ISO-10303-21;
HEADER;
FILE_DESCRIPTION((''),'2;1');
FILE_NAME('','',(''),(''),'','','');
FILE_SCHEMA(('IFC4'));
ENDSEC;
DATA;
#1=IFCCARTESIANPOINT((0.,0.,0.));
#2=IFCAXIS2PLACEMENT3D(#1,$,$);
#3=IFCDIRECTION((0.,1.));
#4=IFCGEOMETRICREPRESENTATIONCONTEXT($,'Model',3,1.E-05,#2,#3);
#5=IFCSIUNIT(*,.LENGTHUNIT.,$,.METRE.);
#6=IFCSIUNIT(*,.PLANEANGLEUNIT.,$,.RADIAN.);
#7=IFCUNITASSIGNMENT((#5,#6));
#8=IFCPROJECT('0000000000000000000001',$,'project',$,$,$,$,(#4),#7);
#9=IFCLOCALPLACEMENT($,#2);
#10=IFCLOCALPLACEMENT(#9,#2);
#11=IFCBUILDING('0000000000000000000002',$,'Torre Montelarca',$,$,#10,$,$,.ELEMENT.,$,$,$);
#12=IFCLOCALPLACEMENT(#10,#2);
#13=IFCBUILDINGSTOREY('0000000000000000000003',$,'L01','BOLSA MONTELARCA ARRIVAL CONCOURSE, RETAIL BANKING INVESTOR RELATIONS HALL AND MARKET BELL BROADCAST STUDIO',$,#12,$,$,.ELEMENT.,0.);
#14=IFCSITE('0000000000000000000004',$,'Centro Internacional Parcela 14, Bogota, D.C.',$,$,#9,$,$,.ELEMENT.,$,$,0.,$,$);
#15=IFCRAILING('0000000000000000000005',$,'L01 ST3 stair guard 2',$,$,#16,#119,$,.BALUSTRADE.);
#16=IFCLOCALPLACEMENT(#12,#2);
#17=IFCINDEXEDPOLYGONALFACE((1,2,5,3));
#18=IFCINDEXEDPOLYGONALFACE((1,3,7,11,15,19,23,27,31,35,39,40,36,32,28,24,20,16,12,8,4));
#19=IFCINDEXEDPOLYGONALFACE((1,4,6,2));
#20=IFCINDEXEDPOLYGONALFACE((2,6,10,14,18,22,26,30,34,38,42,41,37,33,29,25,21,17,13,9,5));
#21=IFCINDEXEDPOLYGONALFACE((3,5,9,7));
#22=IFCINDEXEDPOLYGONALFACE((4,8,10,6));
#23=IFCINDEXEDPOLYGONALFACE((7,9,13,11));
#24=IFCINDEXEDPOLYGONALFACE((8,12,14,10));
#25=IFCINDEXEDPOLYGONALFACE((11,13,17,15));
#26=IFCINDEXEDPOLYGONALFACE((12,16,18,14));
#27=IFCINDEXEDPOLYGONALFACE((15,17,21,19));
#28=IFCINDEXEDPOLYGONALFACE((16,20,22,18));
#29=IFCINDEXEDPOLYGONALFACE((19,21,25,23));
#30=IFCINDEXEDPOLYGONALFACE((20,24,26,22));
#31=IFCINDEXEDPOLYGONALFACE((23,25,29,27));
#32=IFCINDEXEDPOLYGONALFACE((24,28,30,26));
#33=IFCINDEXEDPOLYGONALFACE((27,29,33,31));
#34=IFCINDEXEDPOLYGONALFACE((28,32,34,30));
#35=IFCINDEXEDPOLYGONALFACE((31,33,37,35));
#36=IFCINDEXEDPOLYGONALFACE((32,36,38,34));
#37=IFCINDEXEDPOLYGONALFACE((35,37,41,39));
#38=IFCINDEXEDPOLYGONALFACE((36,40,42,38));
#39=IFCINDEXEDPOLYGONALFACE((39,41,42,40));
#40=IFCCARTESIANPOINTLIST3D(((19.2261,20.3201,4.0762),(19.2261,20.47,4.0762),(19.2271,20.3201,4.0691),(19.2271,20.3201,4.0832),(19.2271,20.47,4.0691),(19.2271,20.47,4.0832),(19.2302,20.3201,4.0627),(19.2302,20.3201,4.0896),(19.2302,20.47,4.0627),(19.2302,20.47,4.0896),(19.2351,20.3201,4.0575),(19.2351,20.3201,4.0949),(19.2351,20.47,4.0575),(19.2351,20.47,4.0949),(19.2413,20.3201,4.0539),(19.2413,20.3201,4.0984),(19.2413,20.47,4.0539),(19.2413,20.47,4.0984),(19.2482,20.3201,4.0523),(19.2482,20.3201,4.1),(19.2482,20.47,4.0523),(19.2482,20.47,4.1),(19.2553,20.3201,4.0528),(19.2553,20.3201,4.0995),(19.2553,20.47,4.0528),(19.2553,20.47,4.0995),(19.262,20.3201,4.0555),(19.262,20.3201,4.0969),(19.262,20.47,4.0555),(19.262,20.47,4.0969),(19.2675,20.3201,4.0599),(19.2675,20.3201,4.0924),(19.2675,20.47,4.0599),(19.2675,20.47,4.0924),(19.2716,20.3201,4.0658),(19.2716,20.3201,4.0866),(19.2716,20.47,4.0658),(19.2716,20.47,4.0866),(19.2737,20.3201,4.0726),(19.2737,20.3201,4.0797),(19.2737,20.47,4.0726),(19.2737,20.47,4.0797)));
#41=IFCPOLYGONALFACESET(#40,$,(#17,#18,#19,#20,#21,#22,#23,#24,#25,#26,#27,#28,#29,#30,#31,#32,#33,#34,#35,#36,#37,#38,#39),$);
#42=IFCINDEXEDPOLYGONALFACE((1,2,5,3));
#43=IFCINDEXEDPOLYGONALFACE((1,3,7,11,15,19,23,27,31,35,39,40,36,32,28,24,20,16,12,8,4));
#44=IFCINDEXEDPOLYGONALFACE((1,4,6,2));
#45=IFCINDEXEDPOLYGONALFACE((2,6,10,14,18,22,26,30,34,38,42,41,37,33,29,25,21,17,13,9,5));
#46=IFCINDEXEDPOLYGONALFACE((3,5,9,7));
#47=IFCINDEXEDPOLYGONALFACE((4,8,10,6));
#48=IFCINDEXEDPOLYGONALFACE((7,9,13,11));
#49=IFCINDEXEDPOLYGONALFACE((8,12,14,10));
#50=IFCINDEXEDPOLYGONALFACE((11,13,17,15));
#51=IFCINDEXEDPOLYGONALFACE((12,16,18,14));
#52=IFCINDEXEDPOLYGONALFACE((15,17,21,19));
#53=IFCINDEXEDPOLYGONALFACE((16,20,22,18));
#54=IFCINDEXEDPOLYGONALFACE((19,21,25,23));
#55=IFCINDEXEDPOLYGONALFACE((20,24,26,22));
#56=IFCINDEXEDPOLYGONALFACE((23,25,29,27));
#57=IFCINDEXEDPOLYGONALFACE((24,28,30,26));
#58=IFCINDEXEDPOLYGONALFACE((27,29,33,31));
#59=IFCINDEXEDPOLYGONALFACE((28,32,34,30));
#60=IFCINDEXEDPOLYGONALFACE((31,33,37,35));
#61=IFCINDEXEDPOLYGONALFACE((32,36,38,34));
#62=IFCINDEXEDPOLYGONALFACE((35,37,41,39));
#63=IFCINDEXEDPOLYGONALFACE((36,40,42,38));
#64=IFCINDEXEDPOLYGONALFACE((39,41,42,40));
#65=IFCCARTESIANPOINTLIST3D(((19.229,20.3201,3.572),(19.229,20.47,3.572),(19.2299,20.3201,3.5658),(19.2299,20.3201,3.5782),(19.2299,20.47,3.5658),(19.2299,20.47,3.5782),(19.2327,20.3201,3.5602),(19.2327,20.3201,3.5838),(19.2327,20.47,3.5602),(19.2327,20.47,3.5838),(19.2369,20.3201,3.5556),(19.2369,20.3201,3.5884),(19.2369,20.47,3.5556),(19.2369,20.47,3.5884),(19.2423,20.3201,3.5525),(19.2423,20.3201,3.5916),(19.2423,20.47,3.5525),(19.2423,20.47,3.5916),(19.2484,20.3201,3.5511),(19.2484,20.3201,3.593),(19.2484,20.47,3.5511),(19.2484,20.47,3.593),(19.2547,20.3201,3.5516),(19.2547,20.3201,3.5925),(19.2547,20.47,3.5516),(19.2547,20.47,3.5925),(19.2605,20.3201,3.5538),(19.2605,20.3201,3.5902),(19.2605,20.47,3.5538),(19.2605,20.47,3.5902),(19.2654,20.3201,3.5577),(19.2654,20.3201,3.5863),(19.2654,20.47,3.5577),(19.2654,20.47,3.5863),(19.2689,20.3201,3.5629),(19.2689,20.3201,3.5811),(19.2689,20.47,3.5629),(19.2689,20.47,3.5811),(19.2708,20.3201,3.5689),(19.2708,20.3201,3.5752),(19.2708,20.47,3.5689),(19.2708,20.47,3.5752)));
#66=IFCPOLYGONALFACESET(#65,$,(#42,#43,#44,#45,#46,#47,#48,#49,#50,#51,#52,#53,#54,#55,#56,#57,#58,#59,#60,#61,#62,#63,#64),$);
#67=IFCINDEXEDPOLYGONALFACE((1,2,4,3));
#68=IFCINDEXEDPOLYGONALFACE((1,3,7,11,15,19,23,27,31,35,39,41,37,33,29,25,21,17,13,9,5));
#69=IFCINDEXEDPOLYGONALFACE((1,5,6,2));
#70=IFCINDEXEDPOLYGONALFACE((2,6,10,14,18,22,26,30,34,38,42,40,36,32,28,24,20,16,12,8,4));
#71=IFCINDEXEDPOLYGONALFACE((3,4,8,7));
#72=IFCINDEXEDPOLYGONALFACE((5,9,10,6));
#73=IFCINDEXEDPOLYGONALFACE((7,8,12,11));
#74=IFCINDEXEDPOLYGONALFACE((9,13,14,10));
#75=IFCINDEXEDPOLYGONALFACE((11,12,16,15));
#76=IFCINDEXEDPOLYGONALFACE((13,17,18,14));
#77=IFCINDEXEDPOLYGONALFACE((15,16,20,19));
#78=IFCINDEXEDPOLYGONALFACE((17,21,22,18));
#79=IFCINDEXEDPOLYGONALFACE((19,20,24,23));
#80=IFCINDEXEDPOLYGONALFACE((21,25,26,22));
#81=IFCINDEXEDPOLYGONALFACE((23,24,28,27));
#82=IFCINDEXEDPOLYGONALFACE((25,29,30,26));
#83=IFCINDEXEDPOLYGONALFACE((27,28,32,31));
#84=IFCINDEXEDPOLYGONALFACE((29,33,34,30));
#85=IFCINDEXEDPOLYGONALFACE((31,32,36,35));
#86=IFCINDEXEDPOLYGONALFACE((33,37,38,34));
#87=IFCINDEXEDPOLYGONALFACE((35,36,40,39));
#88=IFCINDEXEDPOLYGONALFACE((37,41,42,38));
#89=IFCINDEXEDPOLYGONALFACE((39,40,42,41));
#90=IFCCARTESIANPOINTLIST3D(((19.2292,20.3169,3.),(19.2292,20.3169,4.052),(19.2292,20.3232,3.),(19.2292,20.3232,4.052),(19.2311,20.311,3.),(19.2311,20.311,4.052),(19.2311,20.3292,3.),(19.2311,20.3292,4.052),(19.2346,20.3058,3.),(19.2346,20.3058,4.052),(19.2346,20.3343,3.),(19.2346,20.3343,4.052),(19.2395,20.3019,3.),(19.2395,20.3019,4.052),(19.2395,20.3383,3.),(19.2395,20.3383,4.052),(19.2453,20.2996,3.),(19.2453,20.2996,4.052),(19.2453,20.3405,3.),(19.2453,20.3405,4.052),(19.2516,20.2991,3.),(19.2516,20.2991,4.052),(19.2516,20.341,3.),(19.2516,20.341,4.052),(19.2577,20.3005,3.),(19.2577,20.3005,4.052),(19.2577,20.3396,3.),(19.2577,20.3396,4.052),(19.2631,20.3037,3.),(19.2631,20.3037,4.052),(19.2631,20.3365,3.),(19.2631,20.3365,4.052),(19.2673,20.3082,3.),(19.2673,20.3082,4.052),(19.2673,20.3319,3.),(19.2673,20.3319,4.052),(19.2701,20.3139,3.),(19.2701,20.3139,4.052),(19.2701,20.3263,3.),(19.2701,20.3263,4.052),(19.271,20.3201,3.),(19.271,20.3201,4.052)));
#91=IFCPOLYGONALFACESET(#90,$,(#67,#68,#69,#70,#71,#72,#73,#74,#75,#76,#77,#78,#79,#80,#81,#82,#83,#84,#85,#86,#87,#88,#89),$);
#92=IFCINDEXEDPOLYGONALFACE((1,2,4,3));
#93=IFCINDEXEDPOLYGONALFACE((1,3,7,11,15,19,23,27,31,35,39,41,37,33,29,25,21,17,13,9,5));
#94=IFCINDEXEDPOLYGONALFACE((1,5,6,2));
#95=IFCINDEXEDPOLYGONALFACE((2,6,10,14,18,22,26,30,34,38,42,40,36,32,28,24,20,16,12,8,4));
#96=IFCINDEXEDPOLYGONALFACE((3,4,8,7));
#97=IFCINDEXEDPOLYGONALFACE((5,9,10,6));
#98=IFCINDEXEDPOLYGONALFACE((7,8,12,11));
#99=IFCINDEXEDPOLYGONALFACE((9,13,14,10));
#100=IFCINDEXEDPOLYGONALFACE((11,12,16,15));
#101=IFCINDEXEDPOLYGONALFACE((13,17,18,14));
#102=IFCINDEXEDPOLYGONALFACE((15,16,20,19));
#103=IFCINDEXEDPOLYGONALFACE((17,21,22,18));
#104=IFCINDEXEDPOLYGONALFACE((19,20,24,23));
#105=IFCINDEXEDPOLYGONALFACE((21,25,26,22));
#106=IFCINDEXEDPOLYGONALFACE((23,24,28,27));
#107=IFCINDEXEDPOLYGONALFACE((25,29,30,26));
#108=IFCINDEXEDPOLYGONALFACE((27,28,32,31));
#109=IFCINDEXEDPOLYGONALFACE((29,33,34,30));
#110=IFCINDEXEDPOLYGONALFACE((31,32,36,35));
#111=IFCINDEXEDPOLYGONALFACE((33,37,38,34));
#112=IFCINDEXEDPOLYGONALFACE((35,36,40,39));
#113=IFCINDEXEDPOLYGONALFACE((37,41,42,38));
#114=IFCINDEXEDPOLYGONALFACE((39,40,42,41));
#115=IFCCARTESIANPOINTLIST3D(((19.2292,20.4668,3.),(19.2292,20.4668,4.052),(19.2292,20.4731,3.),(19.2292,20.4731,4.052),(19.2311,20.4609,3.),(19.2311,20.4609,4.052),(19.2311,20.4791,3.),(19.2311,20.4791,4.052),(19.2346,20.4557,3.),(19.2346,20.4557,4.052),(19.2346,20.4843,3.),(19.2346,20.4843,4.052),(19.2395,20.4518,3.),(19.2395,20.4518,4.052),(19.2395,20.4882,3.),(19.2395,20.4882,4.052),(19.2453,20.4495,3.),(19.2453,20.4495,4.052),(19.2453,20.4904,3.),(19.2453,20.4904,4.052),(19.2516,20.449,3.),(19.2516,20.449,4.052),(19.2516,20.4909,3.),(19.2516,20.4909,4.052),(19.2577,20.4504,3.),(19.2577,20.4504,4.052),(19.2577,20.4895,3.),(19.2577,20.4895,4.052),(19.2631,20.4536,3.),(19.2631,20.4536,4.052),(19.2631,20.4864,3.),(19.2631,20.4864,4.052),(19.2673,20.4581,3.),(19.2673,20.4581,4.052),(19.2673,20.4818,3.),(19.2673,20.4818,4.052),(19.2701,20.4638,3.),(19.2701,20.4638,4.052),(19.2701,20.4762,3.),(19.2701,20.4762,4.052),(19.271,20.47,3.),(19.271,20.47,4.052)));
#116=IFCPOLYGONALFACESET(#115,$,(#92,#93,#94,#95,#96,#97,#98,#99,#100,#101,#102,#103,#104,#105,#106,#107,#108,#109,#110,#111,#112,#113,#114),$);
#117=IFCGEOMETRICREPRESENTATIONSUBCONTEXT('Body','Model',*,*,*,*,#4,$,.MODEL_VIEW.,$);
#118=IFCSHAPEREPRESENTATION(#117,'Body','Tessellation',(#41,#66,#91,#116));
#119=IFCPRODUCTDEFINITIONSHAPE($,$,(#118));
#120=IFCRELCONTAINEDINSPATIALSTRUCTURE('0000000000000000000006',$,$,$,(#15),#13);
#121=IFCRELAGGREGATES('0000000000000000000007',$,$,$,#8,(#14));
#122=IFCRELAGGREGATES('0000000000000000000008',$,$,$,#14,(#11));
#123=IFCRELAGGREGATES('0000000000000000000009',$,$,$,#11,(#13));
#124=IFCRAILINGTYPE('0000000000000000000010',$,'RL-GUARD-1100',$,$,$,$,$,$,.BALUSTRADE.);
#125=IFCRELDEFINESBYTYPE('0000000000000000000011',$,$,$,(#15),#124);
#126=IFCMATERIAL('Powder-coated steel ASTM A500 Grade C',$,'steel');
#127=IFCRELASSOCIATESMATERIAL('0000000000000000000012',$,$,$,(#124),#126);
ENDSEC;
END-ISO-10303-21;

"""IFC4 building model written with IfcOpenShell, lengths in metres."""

from ifc_helpers import new_model, si_unit, direction, frame, origin, origin_2d, place, context, subcontext, project, spatial, circle, extrude, material, type_object, element, save


model = new_model("IFC4")

# Units and contexts
model_context = context("Model", 3, precision=1e-05, world=origin(), true_north=direction((0.0, 1.0)))
body_context = subcontext(model_context, "Body", "Model", "MODEL_VIEW")
ifc_project = project(units=[si_unit("LENGTHUNIT", "METRE"), si_unit("PLANEANGLEUNIT", "RADIAN")], contexts=[model_context])

# Site, building, storey
site_placement = place(None, origin())
site = spatial("IfcSite", under=ifc_project, at=site_placement, Name="Centro Internacional Parcela 14, Bogota, D.C.", CompositionType="ELEMENT", RefElevation=0.0)
building_placement = place(site_placement, origin())
building = spatial("IfcBuilding", under=site, at=building_placement, Name="Torre Montelarca", CompositionType="ELEMENT")
storey_placement = place(building_placement, origin())
storey = spatial("IfcBuildingStorey", under=building, at=storey_placement, Name="L01", Description="BOLSA MONTELARCA ARRIVAL CONCOURSE, RETAIL BANKING INVESTOR RELATIONS HALL AND MARKET BELL BROADCAST STUDIO", CompositionType="ELEMENT", Elevation=0.0)

# Railing
ifc_material_1 = material(Name="Powder-coated steel ASTM A500 Grade C", Category="steel")
railing_type_1 = type_object("IfcRailingType", Name="RL-GUARD-1100", PredefinedType="BALUSTRADE", material=ifc_material_1)
railing_1_placement = place(storey_placement, frame((19.25, 20.3201, 3.0)))
element("IfcRailing", 1, at=railing_1_placement, inside=storey, type_object=railing_type_1, Name="L01 ST3 stair guard 2", PredefinedType="BALUSTRADE", context=body_context, shape_type="SweptSolid", body=[
    extrude(circle(Radius=0.0239, at=origin_2d()), frame((0.0, 0.0, 1.0762), z_axis=(0.0, 1.0, 0.0), x_axis=(-1.0, 0.0, 0.0)), (0.0, 0.0, 1.0), 0.1499),
    extrude(circle(Radius=0.021, at=origin_2d()), frame((0.0, 0.0, 0.572), z_axis=(0.0, 1.0, 0.0), x_axis=(-1.0, 0.0, 0.0)), (0.0, 0.0, 1.0), 0.1499),
    extrude(circle(Radius=0.021, at=origin_2d()), origin(), (0.0, 0.0, 1.0), 1.052),
    extrude(circle(Radius=0.021, at=origin_2d()), frame((0.0, 0.1499, 0.0)), (0.0, 0.0, 1.0), 1.052),
])

save(model, "model.ifc")
